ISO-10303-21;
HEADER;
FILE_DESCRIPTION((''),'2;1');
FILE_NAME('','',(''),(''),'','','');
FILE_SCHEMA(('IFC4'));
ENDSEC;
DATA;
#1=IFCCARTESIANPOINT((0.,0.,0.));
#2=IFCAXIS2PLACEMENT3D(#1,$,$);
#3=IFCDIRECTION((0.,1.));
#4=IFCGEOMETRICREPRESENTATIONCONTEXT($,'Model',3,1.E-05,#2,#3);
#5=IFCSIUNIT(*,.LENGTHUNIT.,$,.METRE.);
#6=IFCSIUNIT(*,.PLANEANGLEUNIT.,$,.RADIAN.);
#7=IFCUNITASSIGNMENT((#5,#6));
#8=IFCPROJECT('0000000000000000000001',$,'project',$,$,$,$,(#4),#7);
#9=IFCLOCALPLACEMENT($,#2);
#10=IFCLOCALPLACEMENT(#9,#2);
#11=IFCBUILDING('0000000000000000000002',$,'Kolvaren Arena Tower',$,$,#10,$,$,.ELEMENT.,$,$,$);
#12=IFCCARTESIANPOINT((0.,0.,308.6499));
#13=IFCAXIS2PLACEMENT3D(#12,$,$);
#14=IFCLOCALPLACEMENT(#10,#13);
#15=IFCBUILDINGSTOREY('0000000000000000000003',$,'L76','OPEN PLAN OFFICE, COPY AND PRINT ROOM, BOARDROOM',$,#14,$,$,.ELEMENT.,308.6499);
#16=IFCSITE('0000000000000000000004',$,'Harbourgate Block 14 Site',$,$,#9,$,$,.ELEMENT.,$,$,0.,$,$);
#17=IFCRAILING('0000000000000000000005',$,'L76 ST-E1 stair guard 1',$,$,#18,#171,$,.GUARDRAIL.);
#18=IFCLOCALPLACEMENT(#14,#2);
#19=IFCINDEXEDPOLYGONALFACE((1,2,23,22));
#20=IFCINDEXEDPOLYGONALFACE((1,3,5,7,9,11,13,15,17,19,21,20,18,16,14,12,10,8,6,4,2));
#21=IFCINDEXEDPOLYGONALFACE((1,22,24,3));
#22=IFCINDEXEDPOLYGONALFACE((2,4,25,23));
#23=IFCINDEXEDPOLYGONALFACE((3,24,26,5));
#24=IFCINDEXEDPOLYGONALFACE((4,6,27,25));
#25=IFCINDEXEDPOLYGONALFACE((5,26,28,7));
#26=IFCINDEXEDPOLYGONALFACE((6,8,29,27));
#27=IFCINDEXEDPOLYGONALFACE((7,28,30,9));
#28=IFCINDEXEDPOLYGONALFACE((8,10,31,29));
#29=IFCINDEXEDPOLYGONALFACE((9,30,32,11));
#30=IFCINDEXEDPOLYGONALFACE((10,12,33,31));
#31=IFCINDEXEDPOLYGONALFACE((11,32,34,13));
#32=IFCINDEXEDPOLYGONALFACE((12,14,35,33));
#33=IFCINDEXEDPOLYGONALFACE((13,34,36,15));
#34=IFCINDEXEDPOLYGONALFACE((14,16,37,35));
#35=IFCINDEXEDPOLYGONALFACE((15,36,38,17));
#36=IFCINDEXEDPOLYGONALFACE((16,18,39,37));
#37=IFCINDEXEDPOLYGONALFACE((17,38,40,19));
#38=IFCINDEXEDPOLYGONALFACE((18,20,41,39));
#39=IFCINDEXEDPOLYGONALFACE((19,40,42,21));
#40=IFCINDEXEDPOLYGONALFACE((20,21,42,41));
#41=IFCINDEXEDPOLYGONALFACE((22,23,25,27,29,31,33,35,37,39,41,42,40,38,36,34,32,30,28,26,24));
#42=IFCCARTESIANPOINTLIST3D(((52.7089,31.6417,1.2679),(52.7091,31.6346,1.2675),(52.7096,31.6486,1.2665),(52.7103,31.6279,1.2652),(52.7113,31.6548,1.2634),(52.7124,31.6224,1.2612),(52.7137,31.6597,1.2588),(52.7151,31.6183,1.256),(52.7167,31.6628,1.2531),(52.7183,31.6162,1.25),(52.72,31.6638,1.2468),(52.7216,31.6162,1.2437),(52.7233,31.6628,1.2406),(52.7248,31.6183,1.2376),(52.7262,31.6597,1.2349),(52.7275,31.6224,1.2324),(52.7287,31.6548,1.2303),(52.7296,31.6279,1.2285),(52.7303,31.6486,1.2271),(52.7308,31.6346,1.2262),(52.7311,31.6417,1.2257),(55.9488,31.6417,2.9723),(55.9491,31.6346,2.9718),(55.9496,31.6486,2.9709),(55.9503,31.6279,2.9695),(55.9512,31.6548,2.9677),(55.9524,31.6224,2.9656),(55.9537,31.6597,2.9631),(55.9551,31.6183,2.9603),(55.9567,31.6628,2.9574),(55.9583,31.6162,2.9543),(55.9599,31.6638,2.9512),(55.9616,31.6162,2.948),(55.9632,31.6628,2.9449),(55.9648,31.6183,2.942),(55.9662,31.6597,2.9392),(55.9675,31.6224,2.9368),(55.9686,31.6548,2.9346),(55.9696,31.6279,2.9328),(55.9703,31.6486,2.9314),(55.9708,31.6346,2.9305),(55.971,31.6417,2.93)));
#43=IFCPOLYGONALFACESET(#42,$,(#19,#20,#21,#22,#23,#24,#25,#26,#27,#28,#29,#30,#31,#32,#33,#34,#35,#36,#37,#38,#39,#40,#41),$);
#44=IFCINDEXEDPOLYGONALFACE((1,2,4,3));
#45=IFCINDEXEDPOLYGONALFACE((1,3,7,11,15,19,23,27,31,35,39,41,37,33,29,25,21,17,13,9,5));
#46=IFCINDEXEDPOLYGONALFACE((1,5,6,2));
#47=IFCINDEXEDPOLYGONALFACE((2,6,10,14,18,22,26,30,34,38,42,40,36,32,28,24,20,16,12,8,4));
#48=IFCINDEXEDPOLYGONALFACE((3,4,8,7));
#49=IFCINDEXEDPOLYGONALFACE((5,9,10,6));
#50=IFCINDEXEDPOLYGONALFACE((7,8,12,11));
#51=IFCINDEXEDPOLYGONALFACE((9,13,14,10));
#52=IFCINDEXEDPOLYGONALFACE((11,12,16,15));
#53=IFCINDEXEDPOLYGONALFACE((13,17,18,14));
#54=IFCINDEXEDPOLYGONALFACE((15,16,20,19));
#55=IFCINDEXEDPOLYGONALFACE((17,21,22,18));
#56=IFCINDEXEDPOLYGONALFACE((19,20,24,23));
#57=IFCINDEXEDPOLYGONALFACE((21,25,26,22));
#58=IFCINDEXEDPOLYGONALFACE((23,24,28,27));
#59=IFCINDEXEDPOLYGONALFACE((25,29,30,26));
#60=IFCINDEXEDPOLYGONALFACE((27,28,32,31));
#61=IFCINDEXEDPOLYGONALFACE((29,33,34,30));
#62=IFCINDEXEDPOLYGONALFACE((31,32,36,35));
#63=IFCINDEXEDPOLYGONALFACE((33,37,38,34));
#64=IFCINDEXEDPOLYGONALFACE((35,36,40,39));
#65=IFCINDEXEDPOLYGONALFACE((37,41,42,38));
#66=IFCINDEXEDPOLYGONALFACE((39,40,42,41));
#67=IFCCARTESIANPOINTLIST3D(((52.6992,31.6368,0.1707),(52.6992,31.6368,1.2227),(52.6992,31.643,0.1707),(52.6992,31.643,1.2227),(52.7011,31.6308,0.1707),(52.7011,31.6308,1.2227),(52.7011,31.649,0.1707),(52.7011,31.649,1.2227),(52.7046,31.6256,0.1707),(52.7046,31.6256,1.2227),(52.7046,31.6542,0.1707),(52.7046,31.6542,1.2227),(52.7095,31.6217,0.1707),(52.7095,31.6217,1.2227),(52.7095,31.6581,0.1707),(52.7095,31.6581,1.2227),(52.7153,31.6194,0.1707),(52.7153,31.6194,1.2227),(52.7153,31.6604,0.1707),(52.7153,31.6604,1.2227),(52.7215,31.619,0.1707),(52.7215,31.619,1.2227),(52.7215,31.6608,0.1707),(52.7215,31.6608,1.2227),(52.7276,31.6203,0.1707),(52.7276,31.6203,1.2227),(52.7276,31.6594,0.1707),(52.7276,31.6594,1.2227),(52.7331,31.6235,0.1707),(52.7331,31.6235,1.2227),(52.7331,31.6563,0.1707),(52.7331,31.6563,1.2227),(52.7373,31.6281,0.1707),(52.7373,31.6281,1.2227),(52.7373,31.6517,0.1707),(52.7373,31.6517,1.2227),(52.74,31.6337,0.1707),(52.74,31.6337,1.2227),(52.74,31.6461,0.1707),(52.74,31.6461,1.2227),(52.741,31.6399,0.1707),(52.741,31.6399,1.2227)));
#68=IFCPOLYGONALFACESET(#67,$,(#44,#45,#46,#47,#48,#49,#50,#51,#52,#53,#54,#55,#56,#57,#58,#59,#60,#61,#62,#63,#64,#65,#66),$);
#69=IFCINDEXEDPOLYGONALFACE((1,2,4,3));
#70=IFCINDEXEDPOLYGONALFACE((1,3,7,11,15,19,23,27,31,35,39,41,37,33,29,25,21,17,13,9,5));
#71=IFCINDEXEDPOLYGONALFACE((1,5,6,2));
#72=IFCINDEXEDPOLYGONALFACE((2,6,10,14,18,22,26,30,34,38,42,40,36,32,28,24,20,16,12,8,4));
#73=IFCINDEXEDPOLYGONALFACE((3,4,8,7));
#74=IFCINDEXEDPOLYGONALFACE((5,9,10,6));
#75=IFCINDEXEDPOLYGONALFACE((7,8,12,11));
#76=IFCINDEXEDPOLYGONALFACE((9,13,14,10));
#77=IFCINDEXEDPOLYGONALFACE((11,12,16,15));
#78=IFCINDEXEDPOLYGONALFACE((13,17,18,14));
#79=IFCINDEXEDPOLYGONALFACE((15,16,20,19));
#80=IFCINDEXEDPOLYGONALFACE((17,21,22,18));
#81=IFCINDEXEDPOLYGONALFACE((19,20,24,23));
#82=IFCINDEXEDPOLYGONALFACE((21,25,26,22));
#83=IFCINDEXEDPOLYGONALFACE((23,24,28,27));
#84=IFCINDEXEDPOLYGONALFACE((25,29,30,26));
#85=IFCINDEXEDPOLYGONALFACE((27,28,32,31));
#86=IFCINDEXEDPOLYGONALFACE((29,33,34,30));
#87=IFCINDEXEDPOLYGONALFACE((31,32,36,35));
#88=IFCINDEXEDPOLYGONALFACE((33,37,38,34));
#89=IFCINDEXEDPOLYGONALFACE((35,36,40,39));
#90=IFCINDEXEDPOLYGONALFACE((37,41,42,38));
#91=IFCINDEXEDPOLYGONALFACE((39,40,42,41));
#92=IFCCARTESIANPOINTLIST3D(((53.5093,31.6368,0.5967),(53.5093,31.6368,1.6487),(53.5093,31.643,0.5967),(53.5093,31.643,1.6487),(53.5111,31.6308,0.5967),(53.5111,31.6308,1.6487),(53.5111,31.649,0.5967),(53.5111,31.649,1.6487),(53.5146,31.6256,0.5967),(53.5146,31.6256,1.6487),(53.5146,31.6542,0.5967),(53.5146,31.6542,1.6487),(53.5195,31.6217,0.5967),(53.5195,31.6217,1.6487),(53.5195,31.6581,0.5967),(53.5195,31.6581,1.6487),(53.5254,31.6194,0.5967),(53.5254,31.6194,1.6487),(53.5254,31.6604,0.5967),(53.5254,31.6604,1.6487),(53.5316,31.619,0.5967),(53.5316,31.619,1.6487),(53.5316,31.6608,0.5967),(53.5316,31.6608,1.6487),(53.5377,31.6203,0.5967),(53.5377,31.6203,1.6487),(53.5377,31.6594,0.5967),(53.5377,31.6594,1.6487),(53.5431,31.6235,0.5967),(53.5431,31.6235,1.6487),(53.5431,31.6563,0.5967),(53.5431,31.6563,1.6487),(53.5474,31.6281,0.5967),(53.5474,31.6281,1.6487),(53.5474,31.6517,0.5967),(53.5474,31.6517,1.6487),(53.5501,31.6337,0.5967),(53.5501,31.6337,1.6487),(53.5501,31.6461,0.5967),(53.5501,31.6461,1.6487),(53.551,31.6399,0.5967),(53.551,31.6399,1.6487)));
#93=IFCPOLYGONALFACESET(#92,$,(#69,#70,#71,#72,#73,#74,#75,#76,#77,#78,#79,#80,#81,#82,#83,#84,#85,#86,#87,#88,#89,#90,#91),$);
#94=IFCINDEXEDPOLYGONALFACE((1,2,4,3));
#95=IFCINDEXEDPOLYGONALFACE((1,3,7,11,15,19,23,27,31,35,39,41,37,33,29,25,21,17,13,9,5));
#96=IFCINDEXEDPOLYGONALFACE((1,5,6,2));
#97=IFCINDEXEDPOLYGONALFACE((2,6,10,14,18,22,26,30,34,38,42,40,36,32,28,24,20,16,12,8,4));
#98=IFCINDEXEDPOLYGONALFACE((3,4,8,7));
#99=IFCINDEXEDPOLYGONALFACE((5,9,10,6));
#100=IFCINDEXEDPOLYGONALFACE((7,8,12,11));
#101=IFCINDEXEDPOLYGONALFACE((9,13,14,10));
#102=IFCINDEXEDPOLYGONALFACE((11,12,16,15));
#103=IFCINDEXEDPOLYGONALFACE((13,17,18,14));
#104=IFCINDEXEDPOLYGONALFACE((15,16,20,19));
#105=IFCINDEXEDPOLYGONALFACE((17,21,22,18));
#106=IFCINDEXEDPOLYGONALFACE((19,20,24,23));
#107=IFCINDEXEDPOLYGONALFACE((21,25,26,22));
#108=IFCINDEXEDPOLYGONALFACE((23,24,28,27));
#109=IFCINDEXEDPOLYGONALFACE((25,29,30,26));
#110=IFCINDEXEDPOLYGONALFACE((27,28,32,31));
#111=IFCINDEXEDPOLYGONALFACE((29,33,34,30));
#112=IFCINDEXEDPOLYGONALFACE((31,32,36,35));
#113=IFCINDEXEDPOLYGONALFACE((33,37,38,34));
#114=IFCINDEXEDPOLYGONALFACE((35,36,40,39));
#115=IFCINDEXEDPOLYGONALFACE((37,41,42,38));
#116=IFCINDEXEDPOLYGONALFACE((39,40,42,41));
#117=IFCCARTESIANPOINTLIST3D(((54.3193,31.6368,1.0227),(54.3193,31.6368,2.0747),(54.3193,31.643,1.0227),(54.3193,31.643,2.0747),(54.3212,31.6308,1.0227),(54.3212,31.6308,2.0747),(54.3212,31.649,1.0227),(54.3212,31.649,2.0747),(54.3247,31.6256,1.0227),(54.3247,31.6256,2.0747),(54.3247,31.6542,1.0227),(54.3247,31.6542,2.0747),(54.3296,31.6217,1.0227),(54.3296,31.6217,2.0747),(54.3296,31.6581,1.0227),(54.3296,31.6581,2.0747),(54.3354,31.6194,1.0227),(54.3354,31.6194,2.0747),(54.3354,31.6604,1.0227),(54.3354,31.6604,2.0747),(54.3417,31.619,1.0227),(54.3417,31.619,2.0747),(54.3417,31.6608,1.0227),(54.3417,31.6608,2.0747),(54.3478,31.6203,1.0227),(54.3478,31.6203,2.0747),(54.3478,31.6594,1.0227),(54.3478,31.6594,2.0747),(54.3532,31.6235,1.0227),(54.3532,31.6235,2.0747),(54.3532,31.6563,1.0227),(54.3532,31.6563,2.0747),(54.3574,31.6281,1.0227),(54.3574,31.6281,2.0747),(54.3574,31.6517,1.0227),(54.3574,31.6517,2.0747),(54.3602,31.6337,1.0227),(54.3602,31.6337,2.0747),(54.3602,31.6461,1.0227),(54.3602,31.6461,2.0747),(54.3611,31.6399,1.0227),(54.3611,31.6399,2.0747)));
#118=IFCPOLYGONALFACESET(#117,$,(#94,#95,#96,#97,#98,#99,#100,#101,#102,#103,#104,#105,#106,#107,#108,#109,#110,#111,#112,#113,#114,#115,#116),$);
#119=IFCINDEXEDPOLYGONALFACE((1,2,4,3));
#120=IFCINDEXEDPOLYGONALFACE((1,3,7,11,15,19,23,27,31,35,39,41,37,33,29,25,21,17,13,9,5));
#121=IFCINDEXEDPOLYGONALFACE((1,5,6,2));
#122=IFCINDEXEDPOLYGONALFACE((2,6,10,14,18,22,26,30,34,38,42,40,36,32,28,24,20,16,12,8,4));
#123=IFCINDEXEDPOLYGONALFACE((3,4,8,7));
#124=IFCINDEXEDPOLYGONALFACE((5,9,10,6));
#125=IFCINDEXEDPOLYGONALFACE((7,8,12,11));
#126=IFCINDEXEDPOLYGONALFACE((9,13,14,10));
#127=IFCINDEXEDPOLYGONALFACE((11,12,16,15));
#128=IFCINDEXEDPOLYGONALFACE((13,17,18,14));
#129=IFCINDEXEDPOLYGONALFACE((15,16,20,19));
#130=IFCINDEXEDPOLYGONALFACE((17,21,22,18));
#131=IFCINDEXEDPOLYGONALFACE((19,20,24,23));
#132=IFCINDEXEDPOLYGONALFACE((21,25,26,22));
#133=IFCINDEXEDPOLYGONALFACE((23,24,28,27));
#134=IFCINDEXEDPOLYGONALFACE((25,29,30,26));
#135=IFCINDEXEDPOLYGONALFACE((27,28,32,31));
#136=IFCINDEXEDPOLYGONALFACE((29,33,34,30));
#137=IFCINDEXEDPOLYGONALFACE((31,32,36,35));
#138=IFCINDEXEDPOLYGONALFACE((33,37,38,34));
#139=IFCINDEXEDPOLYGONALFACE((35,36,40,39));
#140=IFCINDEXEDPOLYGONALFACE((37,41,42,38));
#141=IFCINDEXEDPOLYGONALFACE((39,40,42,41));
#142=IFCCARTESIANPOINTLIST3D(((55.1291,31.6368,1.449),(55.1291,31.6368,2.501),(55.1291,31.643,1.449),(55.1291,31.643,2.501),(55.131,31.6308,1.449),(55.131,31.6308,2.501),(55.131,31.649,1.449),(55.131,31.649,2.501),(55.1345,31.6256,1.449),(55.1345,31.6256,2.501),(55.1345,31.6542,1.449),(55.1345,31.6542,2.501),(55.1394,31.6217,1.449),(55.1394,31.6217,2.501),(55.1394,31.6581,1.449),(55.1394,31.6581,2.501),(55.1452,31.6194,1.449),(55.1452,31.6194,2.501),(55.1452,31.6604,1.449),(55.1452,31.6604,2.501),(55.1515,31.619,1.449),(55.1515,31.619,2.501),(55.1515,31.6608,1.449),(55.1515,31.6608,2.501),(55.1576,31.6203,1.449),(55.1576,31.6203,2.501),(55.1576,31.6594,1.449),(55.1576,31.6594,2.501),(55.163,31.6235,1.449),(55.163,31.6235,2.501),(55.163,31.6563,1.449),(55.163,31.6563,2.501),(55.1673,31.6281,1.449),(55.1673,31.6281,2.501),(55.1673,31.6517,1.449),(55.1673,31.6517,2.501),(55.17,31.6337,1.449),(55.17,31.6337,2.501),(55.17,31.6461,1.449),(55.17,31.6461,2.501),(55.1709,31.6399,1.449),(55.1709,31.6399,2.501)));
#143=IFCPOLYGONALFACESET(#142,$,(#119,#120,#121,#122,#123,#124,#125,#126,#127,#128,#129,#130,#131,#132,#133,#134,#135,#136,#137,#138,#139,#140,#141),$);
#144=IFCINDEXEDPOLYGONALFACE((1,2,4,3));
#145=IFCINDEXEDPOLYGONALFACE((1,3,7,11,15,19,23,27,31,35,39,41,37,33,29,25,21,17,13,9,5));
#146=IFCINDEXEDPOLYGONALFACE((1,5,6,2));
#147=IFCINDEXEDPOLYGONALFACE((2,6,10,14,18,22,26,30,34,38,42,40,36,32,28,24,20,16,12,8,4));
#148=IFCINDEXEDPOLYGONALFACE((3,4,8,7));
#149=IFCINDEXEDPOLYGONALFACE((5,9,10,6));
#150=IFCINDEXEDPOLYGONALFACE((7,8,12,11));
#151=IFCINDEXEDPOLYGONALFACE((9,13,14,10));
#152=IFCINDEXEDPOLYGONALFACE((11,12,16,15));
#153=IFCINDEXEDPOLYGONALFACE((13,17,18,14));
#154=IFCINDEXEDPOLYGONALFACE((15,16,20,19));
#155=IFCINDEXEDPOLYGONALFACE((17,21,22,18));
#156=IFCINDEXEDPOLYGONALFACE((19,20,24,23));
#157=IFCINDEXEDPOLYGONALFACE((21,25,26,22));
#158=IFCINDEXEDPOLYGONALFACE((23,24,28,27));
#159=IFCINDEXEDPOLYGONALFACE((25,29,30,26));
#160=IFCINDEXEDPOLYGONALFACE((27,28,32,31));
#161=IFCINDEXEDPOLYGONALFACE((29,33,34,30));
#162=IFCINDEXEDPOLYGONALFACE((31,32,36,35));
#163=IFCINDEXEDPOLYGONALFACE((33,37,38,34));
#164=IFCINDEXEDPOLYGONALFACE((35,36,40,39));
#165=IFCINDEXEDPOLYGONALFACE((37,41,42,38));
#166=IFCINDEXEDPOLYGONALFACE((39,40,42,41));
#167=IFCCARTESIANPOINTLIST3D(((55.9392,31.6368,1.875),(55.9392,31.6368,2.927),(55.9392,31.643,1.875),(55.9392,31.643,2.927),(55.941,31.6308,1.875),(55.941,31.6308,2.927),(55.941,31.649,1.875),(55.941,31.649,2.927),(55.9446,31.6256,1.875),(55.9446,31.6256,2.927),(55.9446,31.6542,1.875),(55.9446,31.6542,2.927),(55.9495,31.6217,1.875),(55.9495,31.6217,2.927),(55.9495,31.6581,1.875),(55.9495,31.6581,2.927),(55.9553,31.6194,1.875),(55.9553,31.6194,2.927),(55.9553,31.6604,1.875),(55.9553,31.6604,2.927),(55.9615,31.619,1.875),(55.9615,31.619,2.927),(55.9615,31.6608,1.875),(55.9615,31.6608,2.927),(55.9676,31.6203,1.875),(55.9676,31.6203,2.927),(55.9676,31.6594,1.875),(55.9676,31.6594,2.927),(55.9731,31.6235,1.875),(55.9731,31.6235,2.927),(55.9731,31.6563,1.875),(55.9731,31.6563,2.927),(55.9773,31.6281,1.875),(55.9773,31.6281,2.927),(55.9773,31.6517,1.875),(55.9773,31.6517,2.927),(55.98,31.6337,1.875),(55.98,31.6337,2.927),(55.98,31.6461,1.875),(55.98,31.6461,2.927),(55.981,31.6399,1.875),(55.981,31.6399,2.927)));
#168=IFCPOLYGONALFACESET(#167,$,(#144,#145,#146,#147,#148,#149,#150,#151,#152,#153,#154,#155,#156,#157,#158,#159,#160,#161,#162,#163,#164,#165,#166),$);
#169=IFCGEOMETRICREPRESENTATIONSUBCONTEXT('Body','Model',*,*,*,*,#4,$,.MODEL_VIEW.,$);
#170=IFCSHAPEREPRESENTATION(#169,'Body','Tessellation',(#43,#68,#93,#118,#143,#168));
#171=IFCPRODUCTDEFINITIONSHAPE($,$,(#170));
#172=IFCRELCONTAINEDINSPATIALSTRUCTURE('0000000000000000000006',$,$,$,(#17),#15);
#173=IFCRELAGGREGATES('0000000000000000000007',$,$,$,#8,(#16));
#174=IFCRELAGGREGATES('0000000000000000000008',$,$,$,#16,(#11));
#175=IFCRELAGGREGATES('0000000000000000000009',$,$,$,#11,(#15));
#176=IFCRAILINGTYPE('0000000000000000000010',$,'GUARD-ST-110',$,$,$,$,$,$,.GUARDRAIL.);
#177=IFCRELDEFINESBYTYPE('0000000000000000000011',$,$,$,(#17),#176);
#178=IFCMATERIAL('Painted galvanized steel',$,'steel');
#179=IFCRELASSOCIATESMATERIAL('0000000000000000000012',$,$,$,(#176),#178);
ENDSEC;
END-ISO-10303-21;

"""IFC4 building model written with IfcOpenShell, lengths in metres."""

from ifc_helpers import new_model, si_unit, direction, frame, origin, origin_2d, place, context, subcontext, project, spatial, circle, extrude, material, type_object, element, save


model = new_model("IFC4")

# Units and contexts
model_context = context("Model", 3, precision=1e-05, world=origin(), true_north=direction((0.0, 1.0)))
body_context = subcontext(model_context, "Body", "Model", "MODEL_VIEW")
ifc_project = project(units=[si_unit("LENGTHUNIT", "METRE"), si_unit("PLANEANGLEUNIT", "RADIAN")], contexts=[model_context])

# Site, building, storey
site_placement = place(None, origin())
site = spatial("IfcSite", under=ifc_project, at=site_placement, Name="Harbourgate Block 14 Site", CompositionType="ELEMENT", RefElevation=0.0)
building_placement = place(site_placement, origin())
building = spatial("IfcBuilding", under=site, at=building_placement, Name="Kolvaren Arena Tower", CompositionType="ELEMENT")
storey_placement = place(building_placement, frame((0.0, 0.0, 308.6499)))
storey = spatial("IfcBuildingStorey", under=building, at=storey_placement, Name="L76", Description="OPEN PLAN OFFICE, COPY AND PRINT ROOM, BOARDROOM", CompositionType="ELEMENT", Elevation=308.6499)

# Railing
ifc_material_1 = material(Name="Painted galvanized steel", Category="steel")
railing_type_1 = type_object("IfcRailingType", Name="GUARD-ST-110", PredefinedType="GUARDRAIL", material=ifc_material_1)
railing_1_placement = place(storey_placement, frame((52.72, 31.6399, 0.1707)))
element("IfcRailing", 1, at=railing_1_placement, inside=storey, type_object=railing_type_1, Name="L76 ST-E1 stair guard 1", PredefinedType="GUARDRAIL", context=body_context, shape_type="SweptSolid", body=[
    extrude(circle(Radius=0.0239, at=origin_2d()), frame((0.0, 0.0, 1.0762), z_axis=(0.885021, 0.0, 0.465551), x_axis=(0.0, 1.0, 0.0)), (0.0, 0.0, 1.0), 3.6609),
    extrude(circle(Radius=0.021, at=origin_2d()), origin(), (0.0, 0.0, 1.0), 1.052),
    extrude(circle(Radius=0.021, at=origin_2d()), frame((0.8101, 0.0, 0.426)), (0.0, 0.0, 1.0), 1.052),
    extrude(circle(Radius=0.021, at=origin_2d()), frame((1.6201, 0.0, 0.8521)), (0.0, 0.0, 1.0), 1.052),
    extrude(circle(Radius=0.021, at=origin_2d()), frame((2.4299, 0.0, 1.2783)), (0.0, 0.0, 1.0), 1.052),
    extrude(circle(Radius=0.021, at=origin_2d()), frame((3.24, 0.0, 1.7043)), (0.0, 0.0, 1.0), 1.052),
])

save(model, "model.ifc")
